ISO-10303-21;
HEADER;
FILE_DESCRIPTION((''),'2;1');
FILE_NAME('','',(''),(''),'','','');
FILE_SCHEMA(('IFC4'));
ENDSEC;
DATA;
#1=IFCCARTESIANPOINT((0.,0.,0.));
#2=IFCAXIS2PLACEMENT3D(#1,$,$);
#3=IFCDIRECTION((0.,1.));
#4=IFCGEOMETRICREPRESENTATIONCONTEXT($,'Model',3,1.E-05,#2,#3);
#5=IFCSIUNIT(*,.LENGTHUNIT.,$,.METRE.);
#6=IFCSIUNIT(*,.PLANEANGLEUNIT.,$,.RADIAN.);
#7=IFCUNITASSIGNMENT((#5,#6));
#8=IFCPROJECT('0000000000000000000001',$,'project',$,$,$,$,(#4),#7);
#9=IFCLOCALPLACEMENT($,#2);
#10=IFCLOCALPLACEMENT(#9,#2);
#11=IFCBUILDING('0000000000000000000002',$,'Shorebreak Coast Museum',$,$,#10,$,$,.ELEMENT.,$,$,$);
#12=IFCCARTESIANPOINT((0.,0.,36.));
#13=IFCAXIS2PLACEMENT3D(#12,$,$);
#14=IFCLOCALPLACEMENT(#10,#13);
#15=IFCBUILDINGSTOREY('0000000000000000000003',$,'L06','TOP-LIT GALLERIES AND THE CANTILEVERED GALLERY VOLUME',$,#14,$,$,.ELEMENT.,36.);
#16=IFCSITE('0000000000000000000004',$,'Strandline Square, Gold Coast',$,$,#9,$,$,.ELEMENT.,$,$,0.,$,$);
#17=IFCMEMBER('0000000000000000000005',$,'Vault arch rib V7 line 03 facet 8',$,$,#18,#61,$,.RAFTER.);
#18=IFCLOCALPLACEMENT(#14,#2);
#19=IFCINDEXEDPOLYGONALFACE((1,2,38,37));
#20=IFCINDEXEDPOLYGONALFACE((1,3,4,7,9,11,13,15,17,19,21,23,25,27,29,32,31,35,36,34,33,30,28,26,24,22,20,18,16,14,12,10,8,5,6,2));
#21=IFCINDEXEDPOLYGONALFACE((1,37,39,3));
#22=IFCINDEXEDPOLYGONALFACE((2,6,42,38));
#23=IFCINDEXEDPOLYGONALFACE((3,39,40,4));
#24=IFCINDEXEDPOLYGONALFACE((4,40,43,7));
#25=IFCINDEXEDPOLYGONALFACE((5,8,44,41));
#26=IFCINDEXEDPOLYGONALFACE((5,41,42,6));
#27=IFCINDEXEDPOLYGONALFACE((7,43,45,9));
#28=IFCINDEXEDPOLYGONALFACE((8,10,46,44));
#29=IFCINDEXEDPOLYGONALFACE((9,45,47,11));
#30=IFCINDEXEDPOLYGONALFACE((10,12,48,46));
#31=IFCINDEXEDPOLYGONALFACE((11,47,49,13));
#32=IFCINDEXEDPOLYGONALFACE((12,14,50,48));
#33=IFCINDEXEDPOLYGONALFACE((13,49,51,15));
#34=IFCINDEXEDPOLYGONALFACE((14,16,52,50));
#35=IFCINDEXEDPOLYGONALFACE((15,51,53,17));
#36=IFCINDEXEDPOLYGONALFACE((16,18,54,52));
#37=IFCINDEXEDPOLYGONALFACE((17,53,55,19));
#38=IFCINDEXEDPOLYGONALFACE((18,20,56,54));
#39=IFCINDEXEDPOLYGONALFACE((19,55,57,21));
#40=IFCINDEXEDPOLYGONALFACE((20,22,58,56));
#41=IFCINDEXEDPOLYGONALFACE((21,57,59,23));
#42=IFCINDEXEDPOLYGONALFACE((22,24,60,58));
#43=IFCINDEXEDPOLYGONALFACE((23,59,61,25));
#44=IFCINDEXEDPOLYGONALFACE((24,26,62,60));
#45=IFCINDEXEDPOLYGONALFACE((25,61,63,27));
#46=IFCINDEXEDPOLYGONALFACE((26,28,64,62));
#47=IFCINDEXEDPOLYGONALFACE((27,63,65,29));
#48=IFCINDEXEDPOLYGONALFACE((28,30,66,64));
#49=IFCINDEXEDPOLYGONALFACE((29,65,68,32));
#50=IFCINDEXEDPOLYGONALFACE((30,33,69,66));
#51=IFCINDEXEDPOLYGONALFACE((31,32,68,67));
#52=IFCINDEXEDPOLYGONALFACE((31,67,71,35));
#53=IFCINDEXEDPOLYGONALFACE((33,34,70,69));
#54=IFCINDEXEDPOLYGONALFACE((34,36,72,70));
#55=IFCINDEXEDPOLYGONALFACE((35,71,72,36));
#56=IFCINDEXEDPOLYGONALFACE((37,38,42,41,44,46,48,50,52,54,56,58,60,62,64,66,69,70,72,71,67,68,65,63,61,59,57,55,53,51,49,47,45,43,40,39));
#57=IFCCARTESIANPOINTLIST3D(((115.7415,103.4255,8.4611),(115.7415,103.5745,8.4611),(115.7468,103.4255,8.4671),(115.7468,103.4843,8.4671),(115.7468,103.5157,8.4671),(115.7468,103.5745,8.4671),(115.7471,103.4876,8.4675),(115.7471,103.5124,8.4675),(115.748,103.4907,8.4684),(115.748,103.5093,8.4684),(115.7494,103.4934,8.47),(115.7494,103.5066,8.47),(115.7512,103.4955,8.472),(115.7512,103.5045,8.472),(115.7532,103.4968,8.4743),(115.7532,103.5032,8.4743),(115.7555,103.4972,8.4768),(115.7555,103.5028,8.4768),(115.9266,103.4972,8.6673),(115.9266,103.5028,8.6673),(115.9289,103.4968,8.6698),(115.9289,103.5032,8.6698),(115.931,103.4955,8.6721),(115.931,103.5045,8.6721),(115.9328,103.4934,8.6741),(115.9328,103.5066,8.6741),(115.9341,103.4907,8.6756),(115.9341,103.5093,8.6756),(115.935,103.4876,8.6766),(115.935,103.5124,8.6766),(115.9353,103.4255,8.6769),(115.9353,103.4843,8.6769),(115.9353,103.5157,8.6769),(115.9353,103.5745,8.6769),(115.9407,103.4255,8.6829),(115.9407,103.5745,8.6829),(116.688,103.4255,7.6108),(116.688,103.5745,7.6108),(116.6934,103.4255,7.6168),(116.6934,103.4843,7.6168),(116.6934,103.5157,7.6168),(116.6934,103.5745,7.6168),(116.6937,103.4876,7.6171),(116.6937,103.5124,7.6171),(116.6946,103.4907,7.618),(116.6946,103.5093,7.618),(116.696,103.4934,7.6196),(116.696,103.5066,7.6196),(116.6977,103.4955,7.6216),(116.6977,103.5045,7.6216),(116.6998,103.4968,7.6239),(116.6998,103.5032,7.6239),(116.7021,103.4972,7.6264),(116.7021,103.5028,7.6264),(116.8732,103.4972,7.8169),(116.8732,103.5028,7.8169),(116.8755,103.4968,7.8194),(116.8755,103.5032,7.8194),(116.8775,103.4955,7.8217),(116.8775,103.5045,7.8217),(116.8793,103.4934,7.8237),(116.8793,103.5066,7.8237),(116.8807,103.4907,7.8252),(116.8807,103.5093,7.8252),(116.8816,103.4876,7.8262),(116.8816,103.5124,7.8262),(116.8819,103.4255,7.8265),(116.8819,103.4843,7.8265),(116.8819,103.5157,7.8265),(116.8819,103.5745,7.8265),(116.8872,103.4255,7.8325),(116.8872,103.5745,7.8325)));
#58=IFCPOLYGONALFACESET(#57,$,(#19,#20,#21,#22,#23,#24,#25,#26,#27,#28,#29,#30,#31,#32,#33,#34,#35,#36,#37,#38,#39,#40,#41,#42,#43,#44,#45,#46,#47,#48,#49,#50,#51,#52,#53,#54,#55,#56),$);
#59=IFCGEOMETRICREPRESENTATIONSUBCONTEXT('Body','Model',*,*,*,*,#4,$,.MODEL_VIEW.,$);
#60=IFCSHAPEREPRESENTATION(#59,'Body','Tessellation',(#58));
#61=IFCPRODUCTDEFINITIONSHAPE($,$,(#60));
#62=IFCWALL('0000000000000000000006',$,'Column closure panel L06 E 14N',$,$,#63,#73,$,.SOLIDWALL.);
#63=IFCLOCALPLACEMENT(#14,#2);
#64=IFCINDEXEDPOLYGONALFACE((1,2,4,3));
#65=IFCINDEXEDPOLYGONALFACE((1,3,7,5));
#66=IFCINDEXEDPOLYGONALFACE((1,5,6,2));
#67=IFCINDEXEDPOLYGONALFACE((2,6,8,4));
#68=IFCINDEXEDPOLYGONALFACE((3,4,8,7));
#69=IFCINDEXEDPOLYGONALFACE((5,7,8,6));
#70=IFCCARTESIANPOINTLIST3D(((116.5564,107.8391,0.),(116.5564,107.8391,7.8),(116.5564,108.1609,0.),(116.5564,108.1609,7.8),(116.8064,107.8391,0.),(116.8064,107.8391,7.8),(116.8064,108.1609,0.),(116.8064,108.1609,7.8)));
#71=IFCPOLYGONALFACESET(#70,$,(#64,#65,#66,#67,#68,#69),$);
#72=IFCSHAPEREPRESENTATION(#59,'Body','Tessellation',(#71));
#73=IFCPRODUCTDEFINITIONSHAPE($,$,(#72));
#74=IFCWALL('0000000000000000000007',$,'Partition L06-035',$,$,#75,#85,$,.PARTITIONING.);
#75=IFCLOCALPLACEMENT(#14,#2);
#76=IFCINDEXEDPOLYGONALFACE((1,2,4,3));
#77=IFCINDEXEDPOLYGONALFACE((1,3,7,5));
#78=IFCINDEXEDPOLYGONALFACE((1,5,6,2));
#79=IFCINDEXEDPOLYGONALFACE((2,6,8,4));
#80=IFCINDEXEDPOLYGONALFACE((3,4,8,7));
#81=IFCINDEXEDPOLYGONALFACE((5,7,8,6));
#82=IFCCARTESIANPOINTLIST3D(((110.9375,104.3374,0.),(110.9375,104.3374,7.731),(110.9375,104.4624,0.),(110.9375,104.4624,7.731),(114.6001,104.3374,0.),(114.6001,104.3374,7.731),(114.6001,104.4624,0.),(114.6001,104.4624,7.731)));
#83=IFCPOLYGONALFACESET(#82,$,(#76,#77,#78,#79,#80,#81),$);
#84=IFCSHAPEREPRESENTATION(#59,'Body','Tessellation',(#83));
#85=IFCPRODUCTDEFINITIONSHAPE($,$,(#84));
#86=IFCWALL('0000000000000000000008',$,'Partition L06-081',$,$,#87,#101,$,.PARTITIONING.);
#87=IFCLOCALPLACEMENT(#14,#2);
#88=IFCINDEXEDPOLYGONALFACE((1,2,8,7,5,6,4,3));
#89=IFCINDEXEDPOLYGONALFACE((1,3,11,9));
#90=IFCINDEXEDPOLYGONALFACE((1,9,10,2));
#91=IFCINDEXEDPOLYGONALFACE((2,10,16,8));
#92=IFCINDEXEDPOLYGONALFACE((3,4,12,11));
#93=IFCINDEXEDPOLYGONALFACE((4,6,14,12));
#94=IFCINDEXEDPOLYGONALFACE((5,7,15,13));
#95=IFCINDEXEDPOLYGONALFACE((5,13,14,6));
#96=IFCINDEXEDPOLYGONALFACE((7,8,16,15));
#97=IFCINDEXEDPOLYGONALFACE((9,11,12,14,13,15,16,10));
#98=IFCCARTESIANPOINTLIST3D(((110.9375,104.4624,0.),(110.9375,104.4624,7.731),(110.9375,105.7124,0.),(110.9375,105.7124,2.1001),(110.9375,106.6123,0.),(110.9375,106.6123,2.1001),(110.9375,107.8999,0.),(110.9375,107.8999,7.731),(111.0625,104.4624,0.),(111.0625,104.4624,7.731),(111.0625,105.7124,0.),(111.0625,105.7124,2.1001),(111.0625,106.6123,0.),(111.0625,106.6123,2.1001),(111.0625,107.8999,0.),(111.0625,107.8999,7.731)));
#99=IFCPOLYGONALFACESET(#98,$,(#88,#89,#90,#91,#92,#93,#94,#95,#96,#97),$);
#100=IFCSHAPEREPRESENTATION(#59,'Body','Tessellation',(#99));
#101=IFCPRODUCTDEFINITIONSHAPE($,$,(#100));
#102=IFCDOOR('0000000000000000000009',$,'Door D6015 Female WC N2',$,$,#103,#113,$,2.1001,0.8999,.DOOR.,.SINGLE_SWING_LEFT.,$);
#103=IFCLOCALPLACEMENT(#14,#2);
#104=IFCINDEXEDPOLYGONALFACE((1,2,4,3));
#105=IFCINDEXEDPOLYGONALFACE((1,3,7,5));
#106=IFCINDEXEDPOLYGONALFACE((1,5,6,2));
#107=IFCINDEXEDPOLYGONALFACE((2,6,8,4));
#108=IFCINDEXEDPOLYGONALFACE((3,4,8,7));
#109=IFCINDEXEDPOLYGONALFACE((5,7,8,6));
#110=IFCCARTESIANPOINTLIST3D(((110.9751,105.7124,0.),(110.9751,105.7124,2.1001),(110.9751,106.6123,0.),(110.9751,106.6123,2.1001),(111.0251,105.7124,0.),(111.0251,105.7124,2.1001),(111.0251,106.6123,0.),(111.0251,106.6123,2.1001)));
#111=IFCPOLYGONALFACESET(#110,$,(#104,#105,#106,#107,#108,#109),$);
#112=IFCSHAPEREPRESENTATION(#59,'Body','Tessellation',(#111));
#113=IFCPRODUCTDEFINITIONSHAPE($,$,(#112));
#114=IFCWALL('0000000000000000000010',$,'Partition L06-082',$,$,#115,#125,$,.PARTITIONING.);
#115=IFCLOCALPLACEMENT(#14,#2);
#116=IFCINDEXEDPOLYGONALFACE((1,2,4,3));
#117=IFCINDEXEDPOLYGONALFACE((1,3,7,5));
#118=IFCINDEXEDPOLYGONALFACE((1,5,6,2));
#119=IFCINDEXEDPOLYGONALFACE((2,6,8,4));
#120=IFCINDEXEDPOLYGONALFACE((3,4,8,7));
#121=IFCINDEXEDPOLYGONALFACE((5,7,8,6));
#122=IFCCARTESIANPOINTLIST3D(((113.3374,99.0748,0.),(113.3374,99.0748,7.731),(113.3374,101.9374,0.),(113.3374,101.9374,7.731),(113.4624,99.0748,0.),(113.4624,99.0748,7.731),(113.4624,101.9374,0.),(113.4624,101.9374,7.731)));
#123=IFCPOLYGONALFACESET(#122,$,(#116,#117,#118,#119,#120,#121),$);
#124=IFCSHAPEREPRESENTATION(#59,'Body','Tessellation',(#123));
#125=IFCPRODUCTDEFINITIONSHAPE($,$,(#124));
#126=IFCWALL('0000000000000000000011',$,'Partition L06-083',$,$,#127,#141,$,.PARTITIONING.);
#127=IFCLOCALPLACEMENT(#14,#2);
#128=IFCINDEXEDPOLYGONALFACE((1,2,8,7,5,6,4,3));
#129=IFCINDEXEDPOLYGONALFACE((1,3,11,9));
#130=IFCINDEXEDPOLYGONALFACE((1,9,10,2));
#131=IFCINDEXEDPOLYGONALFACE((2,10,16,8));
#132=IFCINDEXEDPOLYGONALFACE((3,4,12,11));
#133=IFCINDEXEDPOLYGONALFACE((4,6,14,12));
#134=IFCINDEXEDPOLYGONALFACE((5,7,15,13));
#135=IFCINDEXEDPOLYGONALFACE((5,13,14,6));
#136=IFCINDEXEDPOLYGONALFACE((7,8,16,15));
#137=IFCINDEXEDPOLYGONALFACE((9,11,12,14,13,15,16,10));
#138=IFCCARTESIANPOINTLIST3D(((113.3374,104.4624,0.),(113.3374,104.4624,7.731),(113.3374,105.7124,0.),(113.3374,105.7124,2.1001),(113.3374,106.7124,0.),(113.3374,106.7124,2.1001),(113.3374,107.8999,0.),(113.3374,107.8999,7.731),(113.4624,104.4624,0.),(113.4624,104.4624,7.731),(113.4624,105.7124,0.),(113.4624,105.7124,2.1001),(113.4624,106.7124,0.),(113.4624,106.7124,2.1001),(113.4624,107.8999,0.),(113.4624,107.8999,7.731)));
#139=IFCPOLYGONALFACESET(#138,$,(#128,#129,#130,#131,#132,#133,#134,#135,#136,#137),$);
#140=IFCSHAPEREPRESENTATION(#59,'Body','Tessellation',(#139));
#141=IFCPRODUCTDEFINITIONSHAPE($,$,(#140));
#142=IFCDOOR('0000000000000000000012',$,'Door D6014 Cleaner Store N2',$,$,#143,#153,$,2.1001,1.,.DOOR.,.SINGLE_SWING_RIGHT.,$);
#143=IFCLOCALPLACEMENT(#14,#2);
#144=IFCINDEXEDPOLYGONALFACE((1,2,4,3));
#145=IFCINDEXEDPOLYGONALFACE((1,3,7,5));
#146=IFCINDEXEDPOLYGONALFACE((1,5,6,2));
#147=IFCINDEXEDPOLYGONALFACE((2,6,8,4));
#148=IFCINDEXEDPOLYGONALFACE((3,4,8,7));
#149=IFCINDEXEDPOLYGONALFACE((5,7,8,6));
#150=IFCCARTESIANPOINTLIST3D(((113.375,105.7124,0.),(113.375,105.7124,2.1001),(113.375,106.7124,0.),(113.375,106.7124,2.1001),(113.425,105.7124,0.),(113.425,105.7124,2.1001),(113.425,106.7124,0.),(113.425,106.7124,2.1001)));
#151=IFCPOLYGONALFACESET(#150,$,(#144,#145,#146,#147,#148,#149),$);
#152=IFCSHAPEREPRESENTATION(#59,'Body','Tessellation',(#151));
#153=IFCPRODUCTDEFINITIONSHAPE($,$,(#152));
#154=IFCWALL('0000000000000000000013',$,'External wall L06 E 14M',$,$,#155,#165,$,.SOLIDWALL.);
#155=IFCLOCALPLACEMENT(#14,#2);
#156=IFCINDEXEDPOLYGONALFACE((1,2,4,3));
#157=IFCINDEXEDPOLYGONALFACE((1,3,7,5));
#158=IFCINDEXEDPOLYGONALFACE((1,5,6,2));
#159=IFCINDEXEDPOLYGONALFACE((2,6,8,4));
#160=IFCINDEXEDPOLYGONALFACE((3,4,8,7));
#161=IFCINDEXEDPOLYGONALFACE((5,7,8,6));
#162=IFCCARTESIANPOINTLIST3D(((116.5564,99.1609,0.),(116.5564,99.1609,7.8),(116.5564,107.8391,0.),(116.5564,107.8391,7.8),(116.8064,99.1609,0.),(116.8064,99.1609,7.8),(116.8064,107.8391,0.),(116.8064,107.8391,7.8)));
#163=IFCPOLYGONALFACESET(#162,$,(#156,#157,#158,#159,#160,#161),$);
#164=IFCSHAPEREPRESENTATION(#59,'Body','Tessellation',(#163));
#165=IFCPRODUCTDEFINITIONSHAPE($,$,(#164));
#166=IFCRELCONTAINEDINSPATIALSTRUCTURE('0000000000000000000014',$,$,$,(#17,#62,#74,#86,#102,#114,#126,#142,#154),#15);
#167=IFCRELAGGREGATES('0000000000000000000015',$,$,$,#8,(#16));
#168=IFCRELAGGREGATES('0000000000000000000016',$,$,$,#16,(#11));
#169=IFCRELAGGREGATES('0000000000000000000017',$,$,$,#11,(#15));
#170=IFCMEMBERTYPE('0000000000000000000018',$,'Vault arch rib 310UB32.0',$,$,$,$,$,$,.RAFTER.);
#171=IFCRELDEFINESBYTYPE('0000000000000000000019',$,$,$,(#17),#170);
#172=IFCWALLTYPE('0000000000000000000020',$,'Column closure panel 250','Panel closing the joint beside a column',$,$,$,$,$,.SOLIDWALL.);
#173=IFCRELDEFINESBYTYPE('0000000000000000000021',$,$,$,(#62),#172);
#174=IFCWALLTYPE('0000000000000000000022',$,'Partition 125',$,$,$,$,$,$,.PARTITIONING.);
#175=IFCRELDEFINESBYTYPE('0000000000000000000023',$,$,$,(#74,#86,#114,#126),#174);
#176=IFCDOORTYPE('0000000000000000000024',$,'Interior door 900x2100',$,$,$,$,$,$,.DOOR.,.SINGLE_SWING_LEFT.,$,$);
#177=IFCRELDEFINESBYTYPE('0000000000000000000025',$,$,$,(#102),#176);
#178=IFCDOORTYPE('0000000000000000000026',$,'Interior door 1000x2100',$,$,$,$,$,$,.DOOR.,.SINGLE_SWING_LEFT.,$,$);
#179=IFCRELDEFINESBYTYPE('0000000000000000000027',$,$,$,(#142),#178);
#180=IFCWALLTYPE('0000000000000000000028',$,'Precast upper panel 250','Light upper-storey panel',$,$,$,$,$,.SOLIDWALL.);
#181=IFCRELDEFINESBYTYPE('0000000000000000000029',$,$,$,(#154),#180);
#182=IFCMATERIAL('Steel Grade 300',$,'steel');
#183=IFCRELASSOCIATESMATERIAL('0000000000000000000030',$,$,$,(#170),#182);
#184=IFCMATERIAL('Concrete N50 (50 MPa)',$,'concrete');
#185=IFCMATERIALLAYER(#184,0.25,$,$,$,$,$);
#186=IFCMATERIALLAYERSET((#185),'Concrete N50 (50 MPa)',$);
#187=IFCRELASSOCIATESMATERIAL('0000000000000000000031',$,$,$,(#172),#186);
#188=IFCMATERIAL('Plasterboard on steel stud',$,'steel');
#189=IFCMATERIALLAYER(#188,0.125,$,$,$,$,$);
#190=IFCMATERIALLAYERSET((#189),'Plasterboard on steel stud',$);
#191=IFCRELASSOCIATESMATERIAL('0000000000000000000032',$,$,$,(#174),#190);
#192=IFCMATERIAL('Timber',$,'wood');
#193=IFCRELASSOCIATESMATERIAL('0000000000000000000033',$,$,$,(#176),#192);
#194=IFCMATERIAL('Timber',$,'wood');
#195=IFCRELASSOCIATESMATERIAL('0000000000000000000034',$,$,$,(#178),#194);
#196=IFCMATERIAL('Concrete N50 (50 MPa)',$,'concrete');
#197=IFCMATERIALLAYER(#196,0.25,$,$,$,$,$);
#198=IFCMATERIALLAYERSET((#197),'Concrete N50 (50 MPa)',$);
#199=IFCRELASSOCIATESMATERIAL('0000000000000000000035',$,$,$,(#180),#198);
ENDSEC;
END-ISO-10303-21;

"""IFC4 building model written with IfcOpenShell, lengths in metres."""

from ifc_helpers import new_model, si_unit, direction, frame, frame_2d, origin, origin_2d, place, context, subcontext, project, spatial, rectangle, i_section, extrude, material, layer, layer_set, material_profile, profile_set, type_object, element, fill, save


model = new_model("IFC4")

# Units and contexts
model_context = context("Model", 3, precision=1e-05, world=origin(), true_north=direction((0.0, 1.0)))
body_context = subcontext(model_context, "Body", "Model", "MODEL_VIEW")
ifc_project = project(units=[si_unit("LENGTHUNIT", "METRE"), si_unit("PLANEANGLEUNIT", "RADIAN")], contexts=[model_context])

# Site, building, storey
site_placement = place(None, origin())
site = spatial("IfcSite", under=ifc_project, at=site_placement, Name="Strandline Square, Gold Coast", CompositionType="ELEMENT", RefElevation=0.0)
building_placement = place(site_placement, origin())
building = spatial("IfcBuilding", under=site, at=building_placement, Name="Shorebreak Coast Museum", CompositionType="ELEMENT")
storey_placement = place(building_placement, frame((0.0, 0.0, 36.0)))
storey = spatial("IfcBuildingStorey", under=building, at=storey_placement, Name="L06", Description="TOP-LIT GALLERIES AND THE CANTILEVERED GALLERY VOLUME", CompositionType="ELEMENT", Elevation=36.0)

# Member
ifc_material_1 = material(Name="Steel Grade 300", Category="steel")
ifc_material_profile_1 = material_profile(ifc_material_1, i_section(OverallWidth=0.1489, OverallDepth=0.2981, WebThickness=0.0056, FlangeThickness=0.0081, FilletRadius=0.0129, at=origin_2d()), Name="310UB32.0")
ifc_profile_set_1 = profile_set([ifc_material_profile_1], Name="Steel Grade 300")
member_type_1 = type_object("IfcMemberType", Name="Vault arch rib 310UB32.0", PredefinedType="RAFTER", material=ifc_profile_set_1)
member_1_placement = place(storey_placement, frame((115.8411, 103.5, 8.572), z_axis=(0.743895, 0.0, -0.668297), x_axis=(0.0, 1.0, 0.0)))
element("IfcMember", 1, at=member_1_placement, inside=storey, type_object=member_type_1, Name="Vault arch rib V7 line 03 facet 8", PredefinedType="RAFTER", context=body_context, shape_type="SweptSolid", body=[
    extrude(i_section(OverallWidth=0.1489, OverallDepth=0.2981, WebThickness=0.0056, FlangeThickness=0.0081, FilletRadius=0.0129, at=origin_2d()), origin(), (0.0, 0.0, 1.0), 1.2725),
])

# Walls
ifc_material_2 = material(Name="Concrete N50 (50 MPa)", Category="concrete")
ifc_layer_1 = layer(ifc_material_2, 0.25)
ifc_layer_set_1 = layer_set([ifc_layer_1], Name="Concrete N50 (50 MPa)")
wall_type_1 = type_object("IfcWallType", Name="Column closure panel 250", Description="Panel closing the joint beside a column", PredefinedType="SOLIDWALL", material=ifc_layer_set_1)
wall_1_placement = place(storey_placement, frame((116.6814, 107.8391, 0.0), z_axis=(0.0, 0.0, 1.0), x_axis=(0.0, 1.0, 0.0)))
element("IfcWall", 2, at=wall_1_placement, inside=storey, type_object=wall_type_1, Name="Column closure panel L06 E 14N", PredefinedType="SOLIDWALL", context=body_context, shape_type="SweptSolid", body=[
    extrude(rectangle(XDim=0.3218, YDim=0.25, at=frame_2d((0.1609, 0.0))), origin(), (0.0, 0.0, 1.0), 7.8),
])
ifc_material_3 = material(Name="Plasterboard on steel stud", Category="steel")
ifc_layer_2 = layer(ifc_material_3, 0.125)
ifc_layer_set_2 = layer_set([ifc_layer_2], Name="Plasterboard on steel stud")
wall_type_2 = type_object("IfcWallType", Name="Partition 125", PredefinedType="PARTITIONING", material=ifc_layer_set_2)
wall_2_placement = place(storey_placement, frame((110.9375, 104.3999, 0.0), z_axis=(0.0, 0.0, 1.0), x_axis=(1.0, 0.0, 0.0)))
element("IfcWall", 3, at=wall_2_placement, inside=storey, type_object=wall_type_2, Name="Partition L06-035", PredefinedType="PARTITIONING", context=body_context, shape_type="SweptSolid", body=[
    extrude(rectangle(XDim=3.6626, YDim=0.125, at=frame_2d((1.8313, 0.0))), origin(), (0.0, 0.0, 1.0), 7.731),
])

# Wall, opening, door
wall_3_placement = place(storey_placement, frame((111.0, 104.4624, 0.0), z_axis=(0.0, 0.0, 1.0), x_axis=(0.0, 1.0, 0.0)))
wall_3 = element("IfcWall", 4, at=wall_3_placement, inside=storey, type_object=wall_type_2, Name="Partition L06-081", PredefinedType="PARTITIONING", context=body_context, shape_type="SweptSolid", body=[
    extrude(rectangle(XDim=3.4375, YDim=0.125, at=frame_2d((1.7188, 0.0))), origin(), (0.0, 0.0, 1.0), 7.731),
])
opening_1_placement = place(wall_3_placement, frame((1.25, 0.0, 0.0)))
opening_1 = element("IfcOpeningElement", 5, at=opening_1_placement, cuts=wall_3, PredefinedType="OPENING", context=body_context, shape_type="SweptSolid", body=[
    extrude(rectangle(XDim=0.8999, YDim=2.1001, at=frame_2d((0.45, 1.05))), frame((0.0, 0.0725, 0.0), z_axis=(0.0, -1.0, 0.0), x_axis=(1.0, 0.0, 0.0)), (0.0, 0.0, 1.0), 0.145),
])
ifc_material_4 = material(Name="Timber", Category="wood")
door_type_1 = type_object("IfcDoorType", Name="Interior door 900x2100", OperationType="SINGLE_SWING_LEFT", PredefinedType="DOOR", material=ifc_material_4)
door_1_placement = place(opening_1_placement, origin())
door_1 = element("IfcDoor", 6, at=door_1_placement, inside=storey, type_object=door_type_1, Name="Door D6015 Female WC N2", OperationType="SINGLE_SWING_LEFT", OverallHeight=2.1001, OverallWidth=0.8999, PredefinedType="DOOR", context=body_context, shape_type="SweptSolid", body=[
    extrude(rectangle(XDim=0.8999, YDim=2.1001, at=frame_2d((0.45, 1.05))), frame((0.0, 0.0249, 0.0), z_axis=(0.0, -1.0, 0.0), x_axis=(1.0, 0.0, 0.0)), (0.0, 0.0, 1.0), 0.05),
])
fill(opening_1, door_1)

# Wall
wall_4_placement = place(storey_placement, frame((113.3999, 99.075, 0.0), z_axis=(0.0, 0.0, 1.0), x_axis=(0.0, 1.0, 0.0)))
element("IfcWall", 7, at=wall_4_placement, inside=storey, type_object=wall_type_2, Name="Partition L06-082", PredefinedType="PARTITIONING", context=body_context, shape_type="SweptSolid", body=[
    extrude(rectangle(XDim=2.8625, YDim=0.125, at=frame_2d((1.4312, 0.0))), origin(), (0.0, 0.0, 1.0), 7.731),
])

# Wall, opening, door
wall_5_placement = place(storey_placement, frame((113.3999, 104.4624, 0.0), z_axis=(0.0, 0.0, 1.0), x_axis=(0.0, 1.0, 0.0)))
wall_5 = element("IfcWall", 8, at=wall_5_placement, inside=storey, type_object=wall_type_2, Name="Partition L06-083", PredefinedType="PARTITIONING", context=body_context, shape_type="SweptSolid", body=[
    extrude(rectangle(XDim=3.4375, YDim=0.125, at=frame_2d((1.7188, 0.0))), origin(), (0.0, 0.0, 1.0), 7.731),
])
opening_2_placement = place(wall_5_placement, frame((1.25, 0.0, 0.0)))
opening_2 = element("IfcOpeningElement", 9, at=opening_2_placement, cuts=wall_5, PredefinedType="OPENING", context=body_context, shape_type="SweptSolid", body=[
    extrude(rectangle(XDim=1.0, YDim=2.1001, at=frame_2d((0.5, 1.05))), frame((0.0, 0.0725, 0.0), z_axis=(0.0, -1.0, 0.0), x_axis=(1.0, 0.0, 0.0)), (0.0, 0.0, 1.0), 0.145),
])
ifc_material_5 = material(Name="Timber", Category="wood")
door_type_2 = type_object("IfcDoorType", Name="Interior door 1000x2100", OperationType="SINGLE_SWING_LEFT", PredefinedType="DOOR", material=ifc_material_5)
door_2_placement = place(opening_2_placement, origin())
door_2 = element("IfcDoor", 10, at=door_2_placement, inside=storey, type_object=door_type_2, Name="Door D6014 Cleaner Store N2", OperationType="SINGLE_SWING_RIGHT", OverallHeight=2.1001, OverallWidth=1.0, PredefinedType="DOOR", context=body_context, shape_type="SweptSolid", body=[
    extrude(rectangle(XDim=1.0, YDim=2.1001, at=frame_2d((0.5, 1.05))), frame((0.0, 0.0249, 0.0), z_axis=(0.0, -1.0, 0.0), x_axis=(1.0, 0.0, 0.0)), (0.0, 0.0, 1.0), 0.05),
])
fill(opening_2, door_2)

# Wall
ifc_material_6 = material(Name="Concrete N50 (50 MPa)", Category="concrete")
ifc_layer_3 = layer(ifc_material_6, 0.25)
ifc_layer_set_3 = layer_set([ifc_layer_3], Name="Concrete N50 (50 MPa)")
wall_type_3 = type_object("IfcWallType", Name="Precast upper panel 250", Description="Light upper-storey panel", PredefinedType="SOLIDWALL", material=ifc_layer_set_3)
wall_6_placement = place(storey_placement, frame((116.6814, 99.1609, 0.0), z_axis=(0.0, 0.0, 1.0), x_axis=(0.0, 1.0, 0.0)))
element("IfcWall", 11, at=wall_6_placement, inside=storey, type_object=wall_type_3, Name="External wall L06 E 14M", PredefinedType="SOLIDWALL", context=body_context, shape_type="SweptSolid", body=[
    extrude(rectangle(XDim=8.6782, YDim=0.25, at=frame_2d((4.3391, 0.0))), origin(), (0.0, 0.0, 1.0), 7.8),
])

save(model, "model.ifc")
